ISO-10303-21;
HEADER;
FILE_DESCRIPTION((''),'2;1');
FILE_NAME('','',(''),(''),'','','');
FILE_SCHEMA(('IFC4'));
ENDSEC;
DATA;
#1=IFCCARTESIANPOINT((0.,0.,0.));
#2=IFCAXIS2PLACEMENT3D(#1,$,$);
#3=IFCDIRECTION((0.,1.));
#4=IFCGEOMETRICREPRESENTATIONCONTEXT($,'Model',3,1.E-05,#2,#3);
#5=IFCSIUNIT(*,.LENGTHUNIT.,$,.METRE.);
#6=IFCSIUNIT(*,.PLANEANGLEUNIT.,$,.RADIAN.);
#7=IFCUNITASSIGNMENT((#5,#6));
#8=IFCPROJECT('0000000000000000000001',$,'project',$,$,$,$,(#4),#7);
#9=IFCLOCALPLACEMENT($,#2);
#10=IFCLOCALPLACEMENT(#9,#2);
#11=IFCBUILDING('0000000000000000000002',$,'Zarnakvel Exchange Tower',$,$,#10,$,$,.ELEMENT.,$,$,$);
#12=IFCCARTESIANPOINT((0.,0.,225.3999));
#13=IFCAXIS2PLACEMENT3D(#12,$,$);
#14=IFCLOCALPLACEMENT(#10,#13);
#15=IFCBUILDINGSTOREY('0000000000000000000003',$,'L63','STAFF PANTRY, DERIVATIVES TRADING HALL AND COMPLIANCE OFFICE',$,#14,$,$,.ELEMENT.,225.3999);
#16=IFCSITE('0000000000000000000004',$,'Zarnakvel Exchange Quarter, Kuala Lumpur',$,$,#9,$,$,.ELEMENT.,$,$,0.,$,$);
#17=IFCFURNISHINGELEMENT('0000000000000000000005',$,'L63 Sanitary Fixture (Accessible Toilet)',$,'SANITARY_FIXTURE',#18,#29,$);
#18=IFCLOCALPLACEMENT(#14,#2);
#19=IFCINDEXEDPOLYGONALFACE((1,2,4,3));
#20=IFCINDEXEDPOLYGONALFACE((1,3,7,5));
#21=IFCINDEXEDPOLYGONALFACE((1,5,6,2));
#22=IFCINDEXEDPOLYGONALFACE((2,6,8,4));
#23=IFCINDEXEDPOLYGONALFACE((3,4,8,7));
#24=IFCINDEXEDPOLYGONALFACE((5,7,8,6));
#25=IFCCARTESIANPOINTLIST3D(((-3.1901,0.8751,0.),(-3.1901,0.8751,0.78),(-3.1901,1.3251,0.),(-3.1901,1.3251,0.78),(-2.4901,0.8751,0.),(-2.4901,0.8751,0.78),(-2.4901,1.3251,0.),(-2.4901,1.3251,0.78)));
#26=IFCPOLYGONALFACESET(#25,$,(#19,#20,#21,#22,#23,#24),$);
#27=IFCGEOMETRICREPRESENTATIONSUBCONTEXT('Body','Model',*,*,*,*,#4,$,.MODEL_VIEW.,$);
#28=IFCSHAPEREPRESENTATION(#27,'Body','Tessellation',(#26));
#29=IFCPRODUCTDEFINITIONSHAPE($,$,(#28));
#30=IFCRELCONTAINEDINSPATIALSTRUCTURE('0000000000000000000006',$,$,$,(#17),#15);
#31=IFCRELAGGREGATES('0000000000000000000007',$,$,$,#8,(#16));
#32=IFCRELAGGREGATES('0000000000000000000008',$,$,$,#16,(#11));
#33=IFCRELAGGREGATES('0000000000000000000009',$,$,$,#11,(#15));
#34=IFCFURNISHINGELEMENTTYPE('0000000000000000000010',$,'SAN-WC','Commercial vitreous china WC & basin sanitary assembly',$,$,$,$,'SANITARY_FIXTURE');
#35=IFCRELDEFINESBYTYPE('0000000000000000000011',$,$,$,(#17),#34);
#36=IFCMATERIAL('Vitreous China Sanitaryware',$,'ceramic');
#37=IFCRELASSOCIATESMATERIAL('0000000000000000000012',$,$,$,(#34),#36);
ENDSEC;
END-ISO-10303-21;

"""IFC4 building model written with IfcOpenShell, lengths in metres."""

from ifc_helpers import new_model, si_unit, direction, frame, origin, origin_2d, place, context, subcontext, project, spatial, rectangle, extrude, source, transform, mapped, material, type_object, element, save


model = new_model("IFC4")

# Units and contexts
model_context = context("Model", 3, precision=1e-05, world=origin(), true_north=direction((0.0, 1.0)))
body_context = subcontext(model_context, "Body", "Model", "MODEL_VIEW")
ifc_project = project(units=[si_unit("LENGTHUNIT", "METRE"), si_unit("PLANEANGLEUNIT", "RADIAN")], contexts=[model_context])

# Site, building, storey
site_placement = place(None, origin())
site = spatial("IfcSite", under=ifc_project, at=site_placement, Name="Zarnakvel Exchange Quarter, Kuala Lumpur", CompositionType="ELEMENT", RefElevation=0.0)
building_placement = place(site_placement, origin())
building = spatial("IfcBuilding", under=site, at=building_placement, Name="Zarnakvel Exchange Tower", CompositionType="ELEMENT")
storey_placement = place(building_placement, frame((0.0, 0.0, 225.3999)))
storey = spatial("IfcBuildingStorey", under=building, at=storey_placement, Name="L63", Description="STAFF PANTRY, DERIVATIVES TRADING HALL AND COMPLIANCE OFFICE", CompositionType="ELEMENT", Elevation=225.3999)

# Furnishing element
ifc_material_1 = material(Name="Vitreous China Sanitaryware", Category="ceramic")
furnishing_element_type = type_object("IfcFurnishingElementType", Name="SAN-WC", Description="Commercial vitreous china WC & basin sanitary assembly", ElementType="SANITARY_FIXTURE", material=ifc_material_1)
shared_shape_1 = source(origin(), body_context, "Body", "SweptSolid", [
    extrude(rectangle(XDim=0.7, YDim=0.45, at=origin_2d()), origin(), (0.0, 0.0, 1.0), 0.78),
])
furnishing_placement = place(storey_placement, frame((-2.8401, 1.1001, 0.0), z_axis=(0.0, 0.0, 1.0), x_axis=(1.0, 0.0, 0.0)))
element("IfcFurnishingElement", 1, at=furnishing_placement, inside=storey, type_object=furnishing_element_type, Name="L63 Sanitary Fixture (Accessible Toilet)", ObjectType="SANITARY_FIXTURE", context=body_context, shape_type="MappedRepresentation", body=[
    mapped(shared_shape_1, transform((0.0, 0.0, 0.0), x_axis=(1.0, 0.0, 0.0), y_axis=(0.0, 1.0, 0.0), z_axis=(0.0, 0.0, 1.0), scale=1.0)),
])

save(model, "model.ifc")
